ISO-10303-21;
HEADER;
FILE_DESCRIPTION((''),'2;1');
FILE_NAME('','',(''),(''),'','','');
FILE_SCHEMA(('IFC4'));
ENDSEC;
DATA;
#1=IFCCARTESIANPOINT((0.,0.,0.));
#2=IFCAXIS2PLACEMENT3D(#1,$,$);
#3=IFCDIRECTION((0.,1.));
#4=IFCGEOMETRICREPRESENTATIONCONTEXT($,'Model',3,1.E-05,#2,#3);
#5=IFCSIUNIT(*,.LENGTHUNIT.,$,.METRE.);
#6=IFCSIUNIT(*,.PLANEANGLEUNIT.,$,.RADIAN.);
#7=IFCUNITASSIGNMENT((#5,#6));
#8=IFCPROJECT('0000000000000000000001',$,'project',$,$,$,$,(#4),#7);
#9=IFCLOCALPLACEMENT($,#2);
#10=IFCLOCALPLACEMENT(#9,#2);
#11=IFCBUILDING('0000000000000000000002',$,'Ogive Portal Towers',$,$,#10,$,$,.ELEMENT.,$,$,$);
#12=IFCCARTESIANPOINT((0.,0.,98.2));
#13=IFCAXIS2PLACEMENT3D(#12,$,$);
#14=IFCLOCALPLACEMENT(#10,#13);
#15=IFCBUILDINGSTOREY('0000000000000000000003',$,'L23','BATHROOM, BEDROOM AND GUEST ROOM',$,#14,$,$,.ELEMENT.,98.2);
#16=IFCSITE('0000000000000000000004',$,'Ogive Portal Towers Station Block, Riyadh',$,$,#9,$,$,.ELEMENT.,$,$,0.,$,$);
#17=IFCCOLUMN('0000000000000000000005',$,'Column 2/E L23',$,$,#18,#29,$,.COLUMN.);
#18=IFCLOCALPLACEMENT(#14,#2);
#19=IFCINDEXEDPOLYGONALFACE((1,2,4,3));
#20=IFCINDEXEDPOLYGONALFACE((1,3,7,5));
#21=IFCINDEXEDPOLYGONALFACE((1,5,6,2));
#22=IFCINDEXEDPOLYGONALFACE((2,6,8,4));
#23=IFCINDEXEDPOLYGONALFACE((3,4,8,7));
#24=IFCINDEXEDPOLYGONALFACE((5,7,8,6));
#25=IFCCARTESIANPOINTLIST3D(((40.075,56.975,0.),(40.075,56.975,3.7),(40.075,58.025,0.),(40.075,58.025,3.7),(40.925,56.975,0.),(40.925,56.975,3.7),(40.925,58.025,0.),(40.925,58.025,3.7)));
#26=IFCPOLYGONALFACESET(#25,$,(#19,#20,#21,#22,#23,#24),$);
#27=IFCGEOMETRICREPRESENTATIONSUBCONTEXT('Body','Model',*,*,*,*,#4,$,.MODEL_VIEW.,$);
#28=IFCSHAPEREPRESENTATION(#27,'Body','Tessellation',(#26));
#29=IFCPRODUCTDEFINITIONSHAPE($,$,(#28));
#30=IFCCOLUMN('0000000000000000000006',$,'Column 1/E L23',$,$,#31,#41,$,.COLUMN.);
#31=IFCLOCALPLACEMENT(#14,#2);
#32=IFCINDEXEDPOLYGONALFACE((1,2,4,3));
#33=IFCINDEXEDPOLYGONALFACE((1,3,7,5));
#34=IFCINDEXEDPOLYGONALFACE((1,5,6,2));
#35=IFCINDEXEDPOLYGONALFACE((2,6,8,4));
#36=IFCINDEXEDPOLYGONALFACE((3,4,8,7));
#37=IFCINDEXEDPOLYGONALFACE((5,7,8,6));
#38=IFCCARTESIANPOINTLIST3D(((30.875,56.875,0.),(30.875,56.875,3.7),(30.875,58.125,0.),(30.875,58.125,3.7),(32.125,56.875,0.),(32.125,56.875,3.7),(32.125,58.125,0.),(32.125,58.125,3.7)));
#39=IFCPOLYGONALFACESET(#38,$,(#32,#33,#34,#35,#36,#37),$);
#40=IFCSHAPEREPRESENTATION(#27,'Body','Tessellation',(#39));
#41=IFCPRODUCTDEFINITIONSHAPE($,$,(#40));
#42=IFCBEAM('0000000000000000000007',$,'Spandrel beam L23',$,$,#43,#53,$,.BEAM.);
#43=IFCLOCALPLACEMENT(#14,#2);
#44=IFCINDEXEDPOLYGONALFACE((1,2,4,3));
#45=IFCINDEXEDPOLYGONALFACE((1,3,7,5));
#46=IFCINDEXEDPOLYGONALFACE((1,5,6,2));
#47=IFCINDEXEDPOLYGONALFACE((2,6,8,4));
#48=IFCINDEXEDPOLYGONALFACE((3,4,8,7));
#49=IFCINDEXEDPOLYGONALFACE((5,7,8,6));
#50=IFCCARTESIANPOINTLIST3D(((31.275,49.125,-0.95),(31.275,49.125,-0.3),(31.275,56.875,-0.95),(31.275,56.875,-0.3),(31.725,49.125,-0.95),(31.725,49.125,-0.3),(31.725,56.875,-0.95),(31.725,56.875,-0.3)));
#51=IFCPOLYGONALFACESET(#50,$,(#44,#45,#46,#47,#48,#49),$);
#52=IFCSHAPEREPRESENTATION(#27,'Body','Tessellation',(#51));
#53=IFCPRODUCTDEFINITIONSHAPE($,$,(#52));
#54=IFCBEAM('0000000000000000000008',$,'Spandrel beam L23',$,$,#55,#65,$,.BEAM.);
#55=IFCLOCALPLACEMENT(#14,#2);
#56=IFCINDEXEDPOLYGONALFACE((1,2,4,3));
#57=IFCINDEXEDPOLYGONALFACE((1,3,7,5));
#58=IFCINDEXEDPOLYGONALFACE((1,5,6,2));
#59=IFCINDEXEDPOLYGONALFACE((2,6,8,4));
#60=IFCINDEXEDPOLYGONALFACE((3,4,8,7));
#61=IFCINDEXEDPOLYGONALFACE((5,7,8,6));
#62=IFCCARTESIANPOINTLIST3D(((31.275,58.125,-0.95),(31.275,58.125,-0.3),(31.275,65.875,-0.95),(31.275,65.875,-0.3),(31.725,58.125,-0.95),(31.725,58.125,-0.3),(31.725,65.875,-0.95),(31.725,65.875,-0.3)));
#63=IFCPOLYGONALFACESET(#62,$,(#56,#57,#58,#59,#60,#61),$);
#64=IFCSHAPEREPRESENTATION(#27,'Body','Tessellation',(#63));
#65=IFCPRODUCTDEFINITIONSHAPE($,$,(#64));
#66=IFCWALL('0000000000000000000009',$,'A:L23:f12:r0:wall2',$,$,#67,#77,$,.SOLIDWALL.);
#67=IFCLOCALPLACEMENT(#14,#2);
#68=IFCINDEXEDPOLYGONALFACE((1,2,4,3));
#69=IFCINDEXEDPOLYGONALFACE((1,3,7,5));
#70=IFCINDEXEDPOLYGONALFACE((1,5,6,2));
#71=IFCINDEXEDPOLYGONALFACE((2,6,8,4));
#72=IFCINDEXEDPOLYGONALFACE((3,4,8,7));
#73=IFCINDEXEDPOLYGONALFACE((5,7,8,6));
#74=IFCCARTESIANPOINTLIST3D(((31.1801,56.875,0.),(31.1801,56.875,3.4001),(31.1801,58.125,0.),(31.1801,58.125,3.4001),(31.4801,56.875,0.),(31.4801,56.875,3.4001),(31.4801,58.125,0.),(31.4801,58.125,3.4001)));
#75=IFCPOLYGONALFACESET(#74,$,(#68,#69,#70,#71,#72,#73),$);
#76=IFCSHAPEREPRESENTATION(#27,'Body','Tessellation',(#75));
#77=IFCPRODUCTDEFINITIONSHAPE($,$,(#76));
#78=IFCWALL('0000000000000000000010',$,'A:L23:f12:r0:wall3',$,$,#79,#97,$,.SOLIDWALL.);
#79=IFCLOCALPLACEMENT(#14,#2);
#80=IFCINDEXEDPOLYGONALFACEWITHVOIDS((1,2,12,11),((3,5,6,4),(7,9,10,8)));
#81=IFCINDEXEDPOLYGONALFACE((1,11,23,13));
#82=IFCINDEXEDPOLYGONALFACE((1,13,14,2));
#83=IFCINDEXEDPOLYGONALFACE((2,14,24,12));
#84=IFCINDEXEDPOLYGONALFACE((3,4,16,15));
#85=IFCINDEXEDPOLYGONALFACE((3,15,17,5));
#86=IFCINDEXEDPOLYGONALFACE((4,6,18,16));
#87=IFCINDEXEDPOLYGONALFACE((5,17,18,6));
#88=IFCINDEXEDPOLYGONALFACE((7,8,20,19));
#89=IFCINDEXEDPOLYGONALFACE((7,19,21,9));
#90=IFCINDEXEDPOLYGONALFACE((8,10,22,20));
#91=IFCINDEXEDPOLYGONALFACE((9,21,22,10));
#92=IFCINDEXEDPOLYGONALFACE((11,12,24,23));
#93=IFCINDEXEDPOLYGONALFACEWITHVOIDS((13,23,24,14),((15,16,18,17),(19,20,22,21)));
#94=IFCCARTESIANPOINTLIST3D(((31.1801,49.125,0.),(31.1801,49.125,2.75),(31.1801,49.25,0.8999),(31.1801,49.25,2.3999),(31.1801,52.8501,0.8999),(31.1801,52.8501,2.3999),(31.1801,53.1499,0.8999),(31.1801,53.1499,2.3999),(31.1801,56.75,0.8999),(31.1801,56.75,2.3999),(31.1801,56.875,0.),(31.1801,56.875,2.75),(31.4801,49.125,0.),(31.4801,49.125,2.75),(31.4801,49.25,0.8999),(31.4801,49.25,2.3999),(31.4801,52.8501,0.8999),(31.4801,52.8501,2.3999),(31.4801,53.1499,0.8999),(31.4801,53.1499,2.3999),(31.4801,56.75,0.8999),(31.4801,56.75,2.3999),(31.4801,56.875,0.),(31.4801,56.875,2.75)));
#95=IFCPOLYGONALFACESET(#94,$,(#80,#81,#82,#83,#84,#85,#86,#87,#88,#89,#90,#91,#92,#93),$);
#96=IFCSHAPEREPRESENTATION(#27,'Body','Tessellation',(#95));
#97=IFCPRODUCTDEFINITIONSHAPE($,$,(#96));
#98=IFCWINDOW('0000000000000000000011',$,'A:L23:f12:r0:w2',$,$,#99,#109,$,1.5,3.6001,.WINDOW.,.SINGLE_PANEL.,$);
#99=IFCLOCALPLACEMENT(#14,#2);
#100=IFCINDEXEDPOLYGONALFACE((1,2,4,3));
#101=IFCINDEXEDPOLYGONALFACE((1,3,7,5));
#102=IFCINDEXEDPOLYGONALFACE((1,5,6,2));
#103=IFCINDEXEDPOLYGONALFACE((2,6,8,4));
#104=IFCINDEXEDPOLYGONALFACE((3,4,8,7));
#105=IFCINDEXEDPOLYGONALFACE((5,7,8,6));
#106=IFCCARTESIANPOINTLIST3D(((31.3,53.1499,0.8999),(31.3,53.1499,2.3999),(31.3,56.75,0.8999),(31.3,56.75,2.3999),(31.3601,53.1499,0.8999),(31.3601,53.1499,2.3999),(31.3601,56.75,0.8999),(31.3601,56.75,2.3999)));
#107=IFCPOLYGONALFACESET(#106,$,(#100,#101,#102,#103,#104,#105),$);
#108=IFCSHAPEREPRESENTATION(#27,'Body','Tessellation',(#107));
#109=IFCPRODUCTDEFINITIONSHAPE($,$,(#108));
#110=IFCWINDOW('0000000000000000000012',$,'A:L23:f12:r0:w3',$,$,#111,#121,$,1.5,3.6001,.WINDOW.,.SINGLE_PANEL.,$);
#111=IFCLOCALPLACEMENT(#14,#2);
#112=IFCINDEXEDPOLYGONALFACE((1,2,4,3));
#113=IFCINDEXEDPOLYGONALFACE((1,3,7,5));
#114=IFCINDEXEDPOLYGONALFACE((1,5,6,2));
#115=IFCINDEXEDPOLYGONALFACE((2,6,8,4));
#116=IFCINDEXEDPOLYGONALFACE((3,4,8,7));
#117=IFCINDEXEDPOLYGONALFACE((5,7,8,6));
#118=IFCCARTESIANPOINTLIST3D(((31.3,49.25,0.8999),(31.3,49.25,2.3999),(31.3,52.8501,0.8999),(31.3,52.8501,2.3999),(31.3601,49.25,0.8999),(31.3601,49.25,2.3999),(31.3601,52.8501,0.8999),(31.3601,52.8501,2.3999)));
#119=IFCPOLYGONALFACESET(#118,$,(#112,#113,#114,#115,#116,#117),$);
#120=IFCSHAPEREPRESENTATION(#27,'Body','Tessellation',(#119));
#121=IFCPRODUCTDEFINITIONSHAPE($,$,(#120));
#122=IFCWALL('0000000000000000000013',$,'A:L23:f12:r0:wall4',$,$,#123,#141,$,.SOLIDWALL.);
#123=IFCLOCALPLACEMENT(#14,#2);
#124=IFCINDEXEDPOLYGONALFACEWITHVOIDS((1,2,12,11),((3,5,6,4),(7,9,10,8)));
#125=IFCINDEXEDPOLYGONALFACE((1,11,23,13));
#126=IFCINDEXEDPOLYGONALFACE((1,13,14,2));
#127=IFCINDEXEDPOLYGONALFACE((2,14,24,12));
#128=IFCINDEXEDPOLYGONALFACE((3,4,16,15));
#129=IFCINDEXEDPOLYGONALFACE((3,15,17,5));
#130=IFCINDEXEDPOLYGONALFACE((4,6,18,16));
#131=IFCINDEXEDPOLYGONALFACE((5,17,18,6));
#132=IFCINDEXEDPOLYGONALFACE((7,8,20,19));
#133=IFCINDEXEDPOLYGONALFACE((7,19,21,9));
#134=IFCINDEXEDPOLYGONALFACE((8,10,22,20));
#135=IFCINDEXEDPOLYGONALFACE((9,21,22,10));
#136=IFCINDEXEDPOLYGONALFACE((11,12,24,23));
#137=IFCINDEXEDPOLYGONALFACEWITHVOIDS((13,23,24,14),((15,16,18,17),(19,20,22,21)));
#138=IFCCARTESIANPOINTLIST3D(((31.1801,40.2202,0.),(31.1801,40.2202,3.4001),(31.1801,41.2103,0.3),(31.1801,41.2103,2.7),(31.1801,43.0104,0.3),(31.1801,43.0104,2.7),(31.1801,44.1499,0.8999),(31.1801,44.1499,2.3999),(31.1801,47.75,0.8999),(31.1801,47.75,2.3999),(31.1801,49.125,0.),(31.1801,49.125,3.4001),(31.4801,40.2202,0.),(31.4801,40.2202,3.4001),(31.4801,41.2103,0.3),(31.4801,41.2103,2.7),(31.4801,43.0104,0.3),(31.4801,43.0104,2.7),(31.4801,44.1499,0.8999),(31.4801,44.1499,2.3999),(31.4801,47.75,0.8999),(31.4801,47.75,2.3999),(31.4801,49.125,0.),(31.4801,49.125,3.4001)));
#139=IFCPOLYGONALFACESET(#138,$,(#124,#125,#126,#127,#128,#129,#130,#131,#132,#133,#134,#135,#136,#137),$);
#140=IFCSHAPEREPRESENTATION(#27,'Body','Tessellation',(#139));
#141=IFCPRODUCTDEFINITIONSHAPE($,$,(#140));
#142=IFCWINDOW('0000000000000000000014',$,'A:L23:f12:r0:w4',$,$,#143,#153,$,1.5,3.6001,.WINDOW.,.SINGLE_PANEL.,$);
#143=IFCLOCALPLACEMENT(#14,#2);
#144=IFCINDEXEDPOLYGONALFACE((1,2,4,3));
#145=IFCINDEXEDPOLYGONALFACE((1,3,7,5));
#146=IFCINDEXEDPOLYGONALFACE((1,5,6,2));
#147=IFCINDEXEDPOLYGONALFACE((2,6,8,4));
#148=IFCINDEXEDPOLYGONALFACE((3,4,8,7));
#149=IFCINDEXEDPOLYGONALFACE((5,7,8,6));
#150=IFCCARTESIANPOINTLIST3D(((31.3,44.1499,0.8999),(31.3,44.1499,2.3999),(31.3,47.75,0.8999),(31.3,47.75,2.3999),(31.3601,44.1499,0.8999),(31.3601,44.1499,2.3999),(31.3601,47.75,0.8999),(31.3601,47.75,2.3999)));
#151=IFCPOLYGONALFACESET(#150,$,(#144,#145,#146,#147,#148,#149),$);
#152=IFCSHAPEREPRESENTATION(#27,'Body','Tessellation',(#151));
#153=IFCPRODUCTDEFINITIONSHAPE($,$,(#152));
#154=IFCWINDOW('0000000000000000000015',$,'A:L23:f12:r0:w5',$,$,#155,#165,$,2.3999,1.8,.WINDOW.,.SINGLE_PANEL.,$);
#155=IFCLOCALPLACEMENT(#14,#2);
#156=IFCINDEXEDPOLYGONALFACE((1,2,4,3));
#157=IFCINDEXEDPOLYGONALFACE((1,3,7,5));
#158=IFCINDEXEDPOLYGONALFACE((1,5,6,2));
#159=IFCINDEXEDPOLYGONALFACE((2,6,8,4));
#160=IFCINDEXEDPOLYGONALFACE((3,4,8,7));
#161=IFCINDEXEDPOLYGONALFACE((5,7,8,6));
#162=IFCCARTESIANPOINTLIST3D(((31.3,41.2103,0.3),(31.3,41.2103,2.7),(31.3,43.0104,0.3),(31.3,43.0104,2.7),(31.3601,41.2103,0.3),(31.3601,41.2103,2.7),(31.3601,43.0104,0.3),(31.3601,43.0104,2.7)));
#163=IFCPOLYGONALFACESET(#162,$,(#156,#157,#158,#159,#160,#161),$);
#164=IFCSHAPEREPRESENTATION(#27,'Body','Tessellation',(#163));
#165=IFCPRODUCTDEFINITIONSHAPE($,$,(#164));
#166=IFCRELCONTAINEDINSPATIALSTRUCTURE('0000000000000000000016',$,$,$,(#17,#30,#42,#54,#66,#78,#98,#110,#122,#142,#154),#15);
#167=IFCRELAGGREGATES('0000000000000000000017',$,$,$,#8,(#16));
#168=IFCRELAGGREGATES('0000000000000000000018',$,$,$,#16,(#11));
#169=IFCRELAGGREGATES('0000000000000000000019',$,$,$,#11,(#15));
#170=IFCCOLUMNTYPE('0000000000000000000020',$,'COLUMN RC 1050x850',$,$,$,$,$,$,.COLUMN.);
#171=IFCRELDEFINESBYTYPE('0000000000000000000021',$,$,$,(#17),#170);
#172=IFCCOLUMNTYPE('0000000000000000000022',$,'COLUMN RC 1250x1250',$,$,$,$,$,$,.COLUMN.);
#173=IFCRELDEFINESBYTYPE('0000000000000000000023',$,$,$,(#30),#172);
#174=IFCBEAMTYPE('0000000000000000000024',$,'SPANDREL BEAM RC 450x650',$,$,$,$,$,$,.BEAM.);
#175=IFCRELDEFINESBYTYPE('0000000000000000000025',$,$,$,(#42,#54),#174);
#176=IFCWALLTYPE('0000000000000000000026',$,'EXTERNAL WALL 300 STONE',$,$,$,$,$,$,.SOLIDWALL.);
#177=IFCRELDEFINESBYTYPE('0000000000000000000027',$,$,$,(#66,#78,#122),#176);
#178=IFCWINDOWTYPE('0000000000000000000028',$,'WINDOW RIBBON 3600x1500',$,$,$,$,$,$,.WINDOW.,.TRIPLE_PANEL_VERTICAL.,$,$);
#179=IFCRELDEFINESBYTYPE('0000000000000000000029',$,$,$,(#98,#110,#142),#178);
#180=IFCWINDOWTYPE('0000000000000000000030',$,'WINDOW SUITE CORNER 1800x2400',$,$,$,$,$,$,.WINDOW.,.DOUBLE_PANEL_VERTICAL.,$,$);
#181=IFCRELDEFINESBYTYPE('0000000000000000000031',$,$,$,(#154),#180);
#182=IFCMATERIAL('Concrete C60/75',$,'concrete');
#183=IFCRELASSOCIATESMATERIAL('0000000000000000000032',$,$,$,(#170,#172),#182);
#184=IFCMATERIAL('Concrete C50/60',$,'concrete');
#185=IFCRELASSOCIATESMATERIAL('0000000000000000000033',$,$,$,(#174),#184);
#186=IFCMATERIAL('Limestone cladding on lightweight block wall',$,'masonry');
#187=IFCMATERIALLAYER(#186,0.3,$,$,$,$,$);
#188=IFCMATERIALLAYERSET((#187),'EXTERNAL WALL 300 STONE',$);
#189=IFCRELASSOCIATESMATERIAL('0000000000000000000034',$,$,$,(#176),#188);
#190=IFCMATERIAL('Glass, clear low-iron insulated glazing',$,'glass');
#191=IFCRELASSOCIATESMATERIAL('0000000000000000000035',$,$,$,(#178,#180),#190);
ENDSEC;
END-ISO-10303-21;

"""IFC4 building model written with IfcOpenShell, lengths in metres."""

from ifc_helpers import new_model, si_unit, direction, frame, frame_2d, origin, origin_2d, place, context, subcontext, project, spatial, rectangle, extrude, material, layer, layer_set, material_profile, profile_set, type_object, element, fill, save


model = new_model("IFC4")

# Units and contexts
model_context = context("Model", 3, precision=1e-05, world=origin(), true_north=direction((0.0, 1.0)))
body_context = subcontext(model_context, "Body", "Model", "MODEL_VIEW")
ifc_project = project(units=[si_unit("LENGTHUNIT", "METRE"), si_unit("PLANEANGLEUNIT", "RADIAN")], contexts=[model_context])

# Site, building, storey
site_placement = place(None, origin())
site = spatial("IfcSite", under=ifc_project, at=site_placement, Name="Ogive Portal Towers Station Block, Riyadh", CompositionType="ELEMENT", RefElevation=0.0)
building_placement = place(site_placement, origin())
building = spatial("IfcBuilding", under=site, at=building_placement, Name="Ogive Portal Towers", CompositionType="ELEMENT")
storey_placement = place(building_placement, frame((0.0, 0.0, 98.2)))
storey = spatial("IfcBuildingStorey", under=building, at=storey_placement, Name="L23", Description="BATHROOM, BEDROOM AND GUEST ROOM", CompositionType="ELEMENT", Elevation=98.2)

# Columns
ifc_material_1 = material(Name="Concrete C60/75", Category="concrete")
ifc_material_profile_1 = material_profile(ifc_material_1, rectangle(XDim=1.05, YDim=0.8501, at=origin_2d()), Name="RC 1050x850")
ifc_profile_set_1 = profile_set([ifc_material_profile_1], Name="Concrete C60/75")
column_type_1 = type_object("IfcColumnType", Name="COLUMN RC 1050x850", PredefinedType="COLUMN", material=ifc_profile_set_1)
column_1_placement = place(storey_placement, frame((40.5, 57.5, 0.0), z_axis=(0.0, 0.0, 1.0), x_axis=(0.0, 1.0, 0.0)))
element("IfcColumn", 1, at=column_1_placement, inside=storey, type_object=column_type_1, Name="Column 2/E L23", PredefinedType="COLUMN", context=body_context, shape_type="SweptSolid", body=[
    extrude(rectangle(XDim=1.05, YDim=0.8501, at=origin_2d()), origin(), (0.0, 0.0, 1.0), 3.7),
])
ifc_material_profile_2 = material_profile(ifc_material_1, rectangle(XDim=1.25, YDim=1.25, at=origin_2d()), Name="RC 1250x1250")
ifc_profile_set_2 = profile_set([ifc_material_profile_2], Name="Concrete C60/75")
column_type_2 = type_object("IfcColumnType", Name="COLUMN RC 1250x1250", PredefinedType="COLUMN", material=ifc_profile_set_2)
column_2_placement = place(storey_placement, frame((31.5, 57.5, 0.0), z_axis=(0.0, 0.0, 1.0), x_axis=(1.0, 0.0, 0.0)))
element("IfcColumn", 2, at=column_2_placement, inside=storey, type_object=column_type_2, Name="Column 1/E L23", PredefinedType="COLUMN", context=body_context, shape_type="SweptSolid", body=[
    extrude(rectangle(XDim=1.25, YDim=1.25, at=origin_2d()), origin(), (0.0, 0.0, 1.0), 3.7),
])

# Beams
ifc_material_2 = material(Name="Concrete C50/60", Category="concrete")
ifc_material_profile_3 = material_profile(ifc_material_2, rectangle(XDim=0.45, YDim=0.6499, at=origin_2d()), Name="RC 450x650")
ifc_profile_set_3 = profile_set([ifc_material_profile_3], Name="Concrete C50/60")
beam_type = type_object("IfcBeamType", Name="SPANDREL BEAM RC 450x650", PredefinedType="BEAM", material=ifc_profile_set_3)
for number, where, z_axis, x_axis, name in (
    (3, (31.5, 49.125, -0.625), (0.0, 1.0, 0.0), (-1.0, 0.0, 0.0), "Spandrel beam L23"),
    (4, (31.5, 58.125, -0.625), (0.0, 1.0, 0.0), (-1.0, 0.0, 0.0), "Spandrel beam L23"),
):
    element("IfcBeam", number, at=place(storey_placement, frame(where, z_axis=z_axis, x_axis=x_axis)), inside=storey, type_object=beam_type, Name=name, PredefinedType="BEAM", context=body_context, shape_type="SweptSolid", body=[
        extrude(rectangle(XDim=0.45, YDim=0.6499, at=origin_2d()), origin(), (0.0, 0.0, 1.0), 7.75),
    ])

# Wall
ifc_material_3 = material(Name="Limestone cladding on lightweight block wall", Category="masonry")
ifc_layer_1 = layer(ifc_material_3, 0.3)
ifc_layer_set_1 = layer_set([ifc_layer_1], Name="EXTERNAL WALL 300 STONE")
wall_type_1 = type_object("IfcWallType", Name="EXTERNAL WALL 300 STONE", PredefinedType="SOLIDWALL", material=ifc_layer_set_1)
wall_1_placement = place(storey_placement, frame((31.3301, 58.125, 0.0), z_axis=(0.0, 0.0, 1.0), x_axis=(0.0, -1.0, 0.0)))
element("IfcWall", 5, at=wall_1_placement, inside=storey, type_object=wall_type_1, Name="A:L23:f12:r0:wall2", PredefinedType="SOLIDWALL", context=body_context, shape_type="SweptSolid", body=[
    extrude(rectangle(XDim=1.25, YDim=0.3, at=frame_2d((0.625, 0.0))), origin(), (0.0, 0.0, 1.0), 3.4001),
])

# Walls, openings, windows
wall_2_placement = place(storey_placement, frame((31.3301, 56.875, 0.0), z_axis=(0.0, 0.0, 1.0), x_axis=(0.0, -1.0, 0.0)))
wall_2 = element("IfcWall", 6, at=wall_2_placement, inside=storey, type_object=wall_type_1, Name="A:L23:f12:r0:wall3", PredefinedType="SOLIDWALL", context=body_context, shape_type="SweptSolid", body=[
    extrude(rectangle(XDim=7.75, YDim=0.3, at=frame_2d((3.875, 0.0))), origin(), (0.0, 0.0, 1.0), 2.75),
])
opening_1_placement = place(wall_2_placement, frame((0.125, 0.0, 0.8999)))
opening_1 = element("IfcOpeningElement", 7, at=opening_1_placement, cuts=wall_2, PredefinedType="OPENING", context=body_context, shape_type="SweptSolid", body=[
    extrude(rectangle(XDim=3.6001, YDim=1.5, at=frame_2d((1.8, 0.75))), frame((0.0, 0.1602, 0.0), z_axis=(0.0, -1.0, 0.0), x_axis=(1.0, 0.0, 0.0)), (0.0, 0.0, 1.0), 0.3201),
])
opening_2_placement = place(wall_2_placement, frame((4.0249, 0.0, 0.8999)))
opening_2 = element("IfcOpeningElement", 8, at=opening_2_placement, cuts=wall_2, PredefinedType="OPENING", context=body_context, shape_type="SweptSolid", body=[
    extrude(rectangle(XDim=3.6001, YDim=1.5, at=frame_2d((1.8, 0.75))), frame((0.0, 0.1602, 0.0), z_axis=(0.0, -1.0, 0.0), x_axis=(1.0, 0.0, 0.0)), (0.0, 0.0, 1.0), 0.3201),
])
ifc_material_4 = material(Name="Glass, clear low-iron insulated glazing", Category="glass")
window_type_1 = type_object("IfcWindowType", Name="WINDOW RIBBON 3600x1500", PartitioningType="TRIPLE_PANEL_VERTICAL", PredefinedType="WINDOW", material=ifc_material_4)
window_1_placement = place(opening_1_placement, origin())
window_1 = element("IfcWindow", 9, at=window_1_placement, inside=storey, type_object=window_type_1, Name="A:L23:f12:r0:w2", OverallHeight=1.5, OverallWidth=3.6001, PartitioningType="SINGLE_PANEL", PredefinedType="WINDOW", context=body_context, shape_type="SweptSolid", body=[
    extrude(rectangle(XDim=3.6001, YDim=1.5, at=frame_2d((1.8, 0.75))), frame((0.0, 0.03, 0.0), z_axis=(0.0, -1.0, 0.0), x_axis=(1.0, 0.0, 0.0)), (0.0, 0.0, 1.0), 0.0601),
])
fill(opening_1, window_1)
window_2_placement = place(opening_2_placement, origin())
window_2 = element("IfcWindow", 10, at=window_2_placement, inside=storey, type_object=window_type_1, Name="A:L23:f12:r0:w3", OverallHeight=1.5, OverallWidth=3.6001, PartitioningType="SINGLE_PANEL", PredefinedType="WINDOW", context=body_context, shape_type="SweptSolid", body=[
    extrude(rectangle(XDim=3.6001, YDim=1.5, at=frame_2d((1.8, 0.75))), frame((0.0, 0.03, 0.0), z_axis=(0.0, -1.0, 0.0), x_axis=(1.0, 0.0, 0.0)), (0.0, 0.0, 1.0), 0.0601),
])
fill(opening_2, window_2)
wall_3_placement = place(storey_placement, frame((31.3301, 49.125, 0.0), z_axis=(0.0, 0.0, 1.0), x_axis=(0.0, -1.0, 0.0)))
wall_3 = element("IfcWall", 11, at=wall_3_placement, inside=storey, type_object=wall_type_1, Name="A:L23:f12:r0:wall4", PredefinedType="SOLIDWALL", context=body_context, shape_type="SweptSolid", body=[
    extrude(rectangle(XDim=8.9048, YDim=0.3, at=frame_2d((4.4524, 0.0))), origin(), (0.0, 0.0, 1.0), 3.4001),
])
opening_3_placement = place(wall_3_placement, frame((1.375, 0.0, 0.8999)))
opening_3 = element("IfcOpeningElement", 12, at=opening_3_placement, cuts=wall_3, PredefinedType="OPENING", context=body_context, shape_type="SweptSolid", body=[
    extrude(rectangle(XDim=3.6001, YDim=1.5, at=frame_2d((1.8, 0.75))), frame((0.0, 0.1602, 0.0), z_axis=(0.0, -1.0, 0.0), x_axis=(1.0, 0.0, 0.0)), (0.0, 0.0, 1.0), 0.3201),
])
opening_4_placement = place(wall_3_placement, frame((6.1147, 0.0, 0.3)))
opening_4 = element("IfcOpeningElement", 13, at=opening_4_placement, cuts=wall_3, PredefinedType="OPENING", context=body_context, shape_type="SweptSolid", body=[
    extrude(rectangle(XDim=1.8, YDim=2.3999, at=frame_2d((0.8999, 1.2))), frame((0.0, 0.1602, 0.0), z_axis=(0.0, -1.0, 0.0), x_axis=(1.0, 0.0, 0.0)), (0.0, 0.0, 1.0), 0.3201),
])
window_3_placement = place(opening_3_placement, origin())
window_3 = element("IfcWindow", 14, at=window_3_placement, inside=storey, type_object=window_type_1, Name="A:L23:f12:r0:w4", OverallHeight=1.5, OverallWidth=3.6001, PartitioningType="SINGLE_PANEL", PredefinedType="WINDOW", context=body_context, shape_type="SweptSolid", body=[
    extrude(rectangle(XDim=3.6001, YDim=1.5, at=frame_2d((1.8, 0.75))), frame((0.0, 0.03, 0.0), z_axis=(0.0, -1.0, 0.0), x_axis=(1.0, 0.0, 0.0)), (0.0, 0.0, 1.0), 0.0601),
])
fill(opening_3, window_3)
window_type_2 = type_object("IfcWindowType", Name="WINDOW SUITE CORNER 1800x2400", PartitioningType="DOUBLE_PANEL_VERTICAL", PredefinedType="WINDOW", material=ifc_material_4)
window_4_placement = place(opening_4_placement, origin())
window_4 = element("IfcWindow", 15, at=window_4_placement, inside=storey, type_object=window_type_2, Name="A:L23:f12:r0:w5", OverallHeight=2.3999, OverallWidth=1.8, PartitioningType="SINGLE_PANEL", PredefinedType="WINDOW", context=body_context, shape_type="SweptSolid", body=[
    extrude(rectangle(XDim=1.8, YDim=2.3999, at=frame_2d((0.8999, 1.2))), frame((0.0, 0.03, 0.0), z_axis=(0.0, -1.0, 0.0), x_axis=(1.0, 0.0, 0.0)), (0.0, 0.0, 1.0), 0.0601),
])
fill(opening_4, window_4)

save(model, "model.ifc")
